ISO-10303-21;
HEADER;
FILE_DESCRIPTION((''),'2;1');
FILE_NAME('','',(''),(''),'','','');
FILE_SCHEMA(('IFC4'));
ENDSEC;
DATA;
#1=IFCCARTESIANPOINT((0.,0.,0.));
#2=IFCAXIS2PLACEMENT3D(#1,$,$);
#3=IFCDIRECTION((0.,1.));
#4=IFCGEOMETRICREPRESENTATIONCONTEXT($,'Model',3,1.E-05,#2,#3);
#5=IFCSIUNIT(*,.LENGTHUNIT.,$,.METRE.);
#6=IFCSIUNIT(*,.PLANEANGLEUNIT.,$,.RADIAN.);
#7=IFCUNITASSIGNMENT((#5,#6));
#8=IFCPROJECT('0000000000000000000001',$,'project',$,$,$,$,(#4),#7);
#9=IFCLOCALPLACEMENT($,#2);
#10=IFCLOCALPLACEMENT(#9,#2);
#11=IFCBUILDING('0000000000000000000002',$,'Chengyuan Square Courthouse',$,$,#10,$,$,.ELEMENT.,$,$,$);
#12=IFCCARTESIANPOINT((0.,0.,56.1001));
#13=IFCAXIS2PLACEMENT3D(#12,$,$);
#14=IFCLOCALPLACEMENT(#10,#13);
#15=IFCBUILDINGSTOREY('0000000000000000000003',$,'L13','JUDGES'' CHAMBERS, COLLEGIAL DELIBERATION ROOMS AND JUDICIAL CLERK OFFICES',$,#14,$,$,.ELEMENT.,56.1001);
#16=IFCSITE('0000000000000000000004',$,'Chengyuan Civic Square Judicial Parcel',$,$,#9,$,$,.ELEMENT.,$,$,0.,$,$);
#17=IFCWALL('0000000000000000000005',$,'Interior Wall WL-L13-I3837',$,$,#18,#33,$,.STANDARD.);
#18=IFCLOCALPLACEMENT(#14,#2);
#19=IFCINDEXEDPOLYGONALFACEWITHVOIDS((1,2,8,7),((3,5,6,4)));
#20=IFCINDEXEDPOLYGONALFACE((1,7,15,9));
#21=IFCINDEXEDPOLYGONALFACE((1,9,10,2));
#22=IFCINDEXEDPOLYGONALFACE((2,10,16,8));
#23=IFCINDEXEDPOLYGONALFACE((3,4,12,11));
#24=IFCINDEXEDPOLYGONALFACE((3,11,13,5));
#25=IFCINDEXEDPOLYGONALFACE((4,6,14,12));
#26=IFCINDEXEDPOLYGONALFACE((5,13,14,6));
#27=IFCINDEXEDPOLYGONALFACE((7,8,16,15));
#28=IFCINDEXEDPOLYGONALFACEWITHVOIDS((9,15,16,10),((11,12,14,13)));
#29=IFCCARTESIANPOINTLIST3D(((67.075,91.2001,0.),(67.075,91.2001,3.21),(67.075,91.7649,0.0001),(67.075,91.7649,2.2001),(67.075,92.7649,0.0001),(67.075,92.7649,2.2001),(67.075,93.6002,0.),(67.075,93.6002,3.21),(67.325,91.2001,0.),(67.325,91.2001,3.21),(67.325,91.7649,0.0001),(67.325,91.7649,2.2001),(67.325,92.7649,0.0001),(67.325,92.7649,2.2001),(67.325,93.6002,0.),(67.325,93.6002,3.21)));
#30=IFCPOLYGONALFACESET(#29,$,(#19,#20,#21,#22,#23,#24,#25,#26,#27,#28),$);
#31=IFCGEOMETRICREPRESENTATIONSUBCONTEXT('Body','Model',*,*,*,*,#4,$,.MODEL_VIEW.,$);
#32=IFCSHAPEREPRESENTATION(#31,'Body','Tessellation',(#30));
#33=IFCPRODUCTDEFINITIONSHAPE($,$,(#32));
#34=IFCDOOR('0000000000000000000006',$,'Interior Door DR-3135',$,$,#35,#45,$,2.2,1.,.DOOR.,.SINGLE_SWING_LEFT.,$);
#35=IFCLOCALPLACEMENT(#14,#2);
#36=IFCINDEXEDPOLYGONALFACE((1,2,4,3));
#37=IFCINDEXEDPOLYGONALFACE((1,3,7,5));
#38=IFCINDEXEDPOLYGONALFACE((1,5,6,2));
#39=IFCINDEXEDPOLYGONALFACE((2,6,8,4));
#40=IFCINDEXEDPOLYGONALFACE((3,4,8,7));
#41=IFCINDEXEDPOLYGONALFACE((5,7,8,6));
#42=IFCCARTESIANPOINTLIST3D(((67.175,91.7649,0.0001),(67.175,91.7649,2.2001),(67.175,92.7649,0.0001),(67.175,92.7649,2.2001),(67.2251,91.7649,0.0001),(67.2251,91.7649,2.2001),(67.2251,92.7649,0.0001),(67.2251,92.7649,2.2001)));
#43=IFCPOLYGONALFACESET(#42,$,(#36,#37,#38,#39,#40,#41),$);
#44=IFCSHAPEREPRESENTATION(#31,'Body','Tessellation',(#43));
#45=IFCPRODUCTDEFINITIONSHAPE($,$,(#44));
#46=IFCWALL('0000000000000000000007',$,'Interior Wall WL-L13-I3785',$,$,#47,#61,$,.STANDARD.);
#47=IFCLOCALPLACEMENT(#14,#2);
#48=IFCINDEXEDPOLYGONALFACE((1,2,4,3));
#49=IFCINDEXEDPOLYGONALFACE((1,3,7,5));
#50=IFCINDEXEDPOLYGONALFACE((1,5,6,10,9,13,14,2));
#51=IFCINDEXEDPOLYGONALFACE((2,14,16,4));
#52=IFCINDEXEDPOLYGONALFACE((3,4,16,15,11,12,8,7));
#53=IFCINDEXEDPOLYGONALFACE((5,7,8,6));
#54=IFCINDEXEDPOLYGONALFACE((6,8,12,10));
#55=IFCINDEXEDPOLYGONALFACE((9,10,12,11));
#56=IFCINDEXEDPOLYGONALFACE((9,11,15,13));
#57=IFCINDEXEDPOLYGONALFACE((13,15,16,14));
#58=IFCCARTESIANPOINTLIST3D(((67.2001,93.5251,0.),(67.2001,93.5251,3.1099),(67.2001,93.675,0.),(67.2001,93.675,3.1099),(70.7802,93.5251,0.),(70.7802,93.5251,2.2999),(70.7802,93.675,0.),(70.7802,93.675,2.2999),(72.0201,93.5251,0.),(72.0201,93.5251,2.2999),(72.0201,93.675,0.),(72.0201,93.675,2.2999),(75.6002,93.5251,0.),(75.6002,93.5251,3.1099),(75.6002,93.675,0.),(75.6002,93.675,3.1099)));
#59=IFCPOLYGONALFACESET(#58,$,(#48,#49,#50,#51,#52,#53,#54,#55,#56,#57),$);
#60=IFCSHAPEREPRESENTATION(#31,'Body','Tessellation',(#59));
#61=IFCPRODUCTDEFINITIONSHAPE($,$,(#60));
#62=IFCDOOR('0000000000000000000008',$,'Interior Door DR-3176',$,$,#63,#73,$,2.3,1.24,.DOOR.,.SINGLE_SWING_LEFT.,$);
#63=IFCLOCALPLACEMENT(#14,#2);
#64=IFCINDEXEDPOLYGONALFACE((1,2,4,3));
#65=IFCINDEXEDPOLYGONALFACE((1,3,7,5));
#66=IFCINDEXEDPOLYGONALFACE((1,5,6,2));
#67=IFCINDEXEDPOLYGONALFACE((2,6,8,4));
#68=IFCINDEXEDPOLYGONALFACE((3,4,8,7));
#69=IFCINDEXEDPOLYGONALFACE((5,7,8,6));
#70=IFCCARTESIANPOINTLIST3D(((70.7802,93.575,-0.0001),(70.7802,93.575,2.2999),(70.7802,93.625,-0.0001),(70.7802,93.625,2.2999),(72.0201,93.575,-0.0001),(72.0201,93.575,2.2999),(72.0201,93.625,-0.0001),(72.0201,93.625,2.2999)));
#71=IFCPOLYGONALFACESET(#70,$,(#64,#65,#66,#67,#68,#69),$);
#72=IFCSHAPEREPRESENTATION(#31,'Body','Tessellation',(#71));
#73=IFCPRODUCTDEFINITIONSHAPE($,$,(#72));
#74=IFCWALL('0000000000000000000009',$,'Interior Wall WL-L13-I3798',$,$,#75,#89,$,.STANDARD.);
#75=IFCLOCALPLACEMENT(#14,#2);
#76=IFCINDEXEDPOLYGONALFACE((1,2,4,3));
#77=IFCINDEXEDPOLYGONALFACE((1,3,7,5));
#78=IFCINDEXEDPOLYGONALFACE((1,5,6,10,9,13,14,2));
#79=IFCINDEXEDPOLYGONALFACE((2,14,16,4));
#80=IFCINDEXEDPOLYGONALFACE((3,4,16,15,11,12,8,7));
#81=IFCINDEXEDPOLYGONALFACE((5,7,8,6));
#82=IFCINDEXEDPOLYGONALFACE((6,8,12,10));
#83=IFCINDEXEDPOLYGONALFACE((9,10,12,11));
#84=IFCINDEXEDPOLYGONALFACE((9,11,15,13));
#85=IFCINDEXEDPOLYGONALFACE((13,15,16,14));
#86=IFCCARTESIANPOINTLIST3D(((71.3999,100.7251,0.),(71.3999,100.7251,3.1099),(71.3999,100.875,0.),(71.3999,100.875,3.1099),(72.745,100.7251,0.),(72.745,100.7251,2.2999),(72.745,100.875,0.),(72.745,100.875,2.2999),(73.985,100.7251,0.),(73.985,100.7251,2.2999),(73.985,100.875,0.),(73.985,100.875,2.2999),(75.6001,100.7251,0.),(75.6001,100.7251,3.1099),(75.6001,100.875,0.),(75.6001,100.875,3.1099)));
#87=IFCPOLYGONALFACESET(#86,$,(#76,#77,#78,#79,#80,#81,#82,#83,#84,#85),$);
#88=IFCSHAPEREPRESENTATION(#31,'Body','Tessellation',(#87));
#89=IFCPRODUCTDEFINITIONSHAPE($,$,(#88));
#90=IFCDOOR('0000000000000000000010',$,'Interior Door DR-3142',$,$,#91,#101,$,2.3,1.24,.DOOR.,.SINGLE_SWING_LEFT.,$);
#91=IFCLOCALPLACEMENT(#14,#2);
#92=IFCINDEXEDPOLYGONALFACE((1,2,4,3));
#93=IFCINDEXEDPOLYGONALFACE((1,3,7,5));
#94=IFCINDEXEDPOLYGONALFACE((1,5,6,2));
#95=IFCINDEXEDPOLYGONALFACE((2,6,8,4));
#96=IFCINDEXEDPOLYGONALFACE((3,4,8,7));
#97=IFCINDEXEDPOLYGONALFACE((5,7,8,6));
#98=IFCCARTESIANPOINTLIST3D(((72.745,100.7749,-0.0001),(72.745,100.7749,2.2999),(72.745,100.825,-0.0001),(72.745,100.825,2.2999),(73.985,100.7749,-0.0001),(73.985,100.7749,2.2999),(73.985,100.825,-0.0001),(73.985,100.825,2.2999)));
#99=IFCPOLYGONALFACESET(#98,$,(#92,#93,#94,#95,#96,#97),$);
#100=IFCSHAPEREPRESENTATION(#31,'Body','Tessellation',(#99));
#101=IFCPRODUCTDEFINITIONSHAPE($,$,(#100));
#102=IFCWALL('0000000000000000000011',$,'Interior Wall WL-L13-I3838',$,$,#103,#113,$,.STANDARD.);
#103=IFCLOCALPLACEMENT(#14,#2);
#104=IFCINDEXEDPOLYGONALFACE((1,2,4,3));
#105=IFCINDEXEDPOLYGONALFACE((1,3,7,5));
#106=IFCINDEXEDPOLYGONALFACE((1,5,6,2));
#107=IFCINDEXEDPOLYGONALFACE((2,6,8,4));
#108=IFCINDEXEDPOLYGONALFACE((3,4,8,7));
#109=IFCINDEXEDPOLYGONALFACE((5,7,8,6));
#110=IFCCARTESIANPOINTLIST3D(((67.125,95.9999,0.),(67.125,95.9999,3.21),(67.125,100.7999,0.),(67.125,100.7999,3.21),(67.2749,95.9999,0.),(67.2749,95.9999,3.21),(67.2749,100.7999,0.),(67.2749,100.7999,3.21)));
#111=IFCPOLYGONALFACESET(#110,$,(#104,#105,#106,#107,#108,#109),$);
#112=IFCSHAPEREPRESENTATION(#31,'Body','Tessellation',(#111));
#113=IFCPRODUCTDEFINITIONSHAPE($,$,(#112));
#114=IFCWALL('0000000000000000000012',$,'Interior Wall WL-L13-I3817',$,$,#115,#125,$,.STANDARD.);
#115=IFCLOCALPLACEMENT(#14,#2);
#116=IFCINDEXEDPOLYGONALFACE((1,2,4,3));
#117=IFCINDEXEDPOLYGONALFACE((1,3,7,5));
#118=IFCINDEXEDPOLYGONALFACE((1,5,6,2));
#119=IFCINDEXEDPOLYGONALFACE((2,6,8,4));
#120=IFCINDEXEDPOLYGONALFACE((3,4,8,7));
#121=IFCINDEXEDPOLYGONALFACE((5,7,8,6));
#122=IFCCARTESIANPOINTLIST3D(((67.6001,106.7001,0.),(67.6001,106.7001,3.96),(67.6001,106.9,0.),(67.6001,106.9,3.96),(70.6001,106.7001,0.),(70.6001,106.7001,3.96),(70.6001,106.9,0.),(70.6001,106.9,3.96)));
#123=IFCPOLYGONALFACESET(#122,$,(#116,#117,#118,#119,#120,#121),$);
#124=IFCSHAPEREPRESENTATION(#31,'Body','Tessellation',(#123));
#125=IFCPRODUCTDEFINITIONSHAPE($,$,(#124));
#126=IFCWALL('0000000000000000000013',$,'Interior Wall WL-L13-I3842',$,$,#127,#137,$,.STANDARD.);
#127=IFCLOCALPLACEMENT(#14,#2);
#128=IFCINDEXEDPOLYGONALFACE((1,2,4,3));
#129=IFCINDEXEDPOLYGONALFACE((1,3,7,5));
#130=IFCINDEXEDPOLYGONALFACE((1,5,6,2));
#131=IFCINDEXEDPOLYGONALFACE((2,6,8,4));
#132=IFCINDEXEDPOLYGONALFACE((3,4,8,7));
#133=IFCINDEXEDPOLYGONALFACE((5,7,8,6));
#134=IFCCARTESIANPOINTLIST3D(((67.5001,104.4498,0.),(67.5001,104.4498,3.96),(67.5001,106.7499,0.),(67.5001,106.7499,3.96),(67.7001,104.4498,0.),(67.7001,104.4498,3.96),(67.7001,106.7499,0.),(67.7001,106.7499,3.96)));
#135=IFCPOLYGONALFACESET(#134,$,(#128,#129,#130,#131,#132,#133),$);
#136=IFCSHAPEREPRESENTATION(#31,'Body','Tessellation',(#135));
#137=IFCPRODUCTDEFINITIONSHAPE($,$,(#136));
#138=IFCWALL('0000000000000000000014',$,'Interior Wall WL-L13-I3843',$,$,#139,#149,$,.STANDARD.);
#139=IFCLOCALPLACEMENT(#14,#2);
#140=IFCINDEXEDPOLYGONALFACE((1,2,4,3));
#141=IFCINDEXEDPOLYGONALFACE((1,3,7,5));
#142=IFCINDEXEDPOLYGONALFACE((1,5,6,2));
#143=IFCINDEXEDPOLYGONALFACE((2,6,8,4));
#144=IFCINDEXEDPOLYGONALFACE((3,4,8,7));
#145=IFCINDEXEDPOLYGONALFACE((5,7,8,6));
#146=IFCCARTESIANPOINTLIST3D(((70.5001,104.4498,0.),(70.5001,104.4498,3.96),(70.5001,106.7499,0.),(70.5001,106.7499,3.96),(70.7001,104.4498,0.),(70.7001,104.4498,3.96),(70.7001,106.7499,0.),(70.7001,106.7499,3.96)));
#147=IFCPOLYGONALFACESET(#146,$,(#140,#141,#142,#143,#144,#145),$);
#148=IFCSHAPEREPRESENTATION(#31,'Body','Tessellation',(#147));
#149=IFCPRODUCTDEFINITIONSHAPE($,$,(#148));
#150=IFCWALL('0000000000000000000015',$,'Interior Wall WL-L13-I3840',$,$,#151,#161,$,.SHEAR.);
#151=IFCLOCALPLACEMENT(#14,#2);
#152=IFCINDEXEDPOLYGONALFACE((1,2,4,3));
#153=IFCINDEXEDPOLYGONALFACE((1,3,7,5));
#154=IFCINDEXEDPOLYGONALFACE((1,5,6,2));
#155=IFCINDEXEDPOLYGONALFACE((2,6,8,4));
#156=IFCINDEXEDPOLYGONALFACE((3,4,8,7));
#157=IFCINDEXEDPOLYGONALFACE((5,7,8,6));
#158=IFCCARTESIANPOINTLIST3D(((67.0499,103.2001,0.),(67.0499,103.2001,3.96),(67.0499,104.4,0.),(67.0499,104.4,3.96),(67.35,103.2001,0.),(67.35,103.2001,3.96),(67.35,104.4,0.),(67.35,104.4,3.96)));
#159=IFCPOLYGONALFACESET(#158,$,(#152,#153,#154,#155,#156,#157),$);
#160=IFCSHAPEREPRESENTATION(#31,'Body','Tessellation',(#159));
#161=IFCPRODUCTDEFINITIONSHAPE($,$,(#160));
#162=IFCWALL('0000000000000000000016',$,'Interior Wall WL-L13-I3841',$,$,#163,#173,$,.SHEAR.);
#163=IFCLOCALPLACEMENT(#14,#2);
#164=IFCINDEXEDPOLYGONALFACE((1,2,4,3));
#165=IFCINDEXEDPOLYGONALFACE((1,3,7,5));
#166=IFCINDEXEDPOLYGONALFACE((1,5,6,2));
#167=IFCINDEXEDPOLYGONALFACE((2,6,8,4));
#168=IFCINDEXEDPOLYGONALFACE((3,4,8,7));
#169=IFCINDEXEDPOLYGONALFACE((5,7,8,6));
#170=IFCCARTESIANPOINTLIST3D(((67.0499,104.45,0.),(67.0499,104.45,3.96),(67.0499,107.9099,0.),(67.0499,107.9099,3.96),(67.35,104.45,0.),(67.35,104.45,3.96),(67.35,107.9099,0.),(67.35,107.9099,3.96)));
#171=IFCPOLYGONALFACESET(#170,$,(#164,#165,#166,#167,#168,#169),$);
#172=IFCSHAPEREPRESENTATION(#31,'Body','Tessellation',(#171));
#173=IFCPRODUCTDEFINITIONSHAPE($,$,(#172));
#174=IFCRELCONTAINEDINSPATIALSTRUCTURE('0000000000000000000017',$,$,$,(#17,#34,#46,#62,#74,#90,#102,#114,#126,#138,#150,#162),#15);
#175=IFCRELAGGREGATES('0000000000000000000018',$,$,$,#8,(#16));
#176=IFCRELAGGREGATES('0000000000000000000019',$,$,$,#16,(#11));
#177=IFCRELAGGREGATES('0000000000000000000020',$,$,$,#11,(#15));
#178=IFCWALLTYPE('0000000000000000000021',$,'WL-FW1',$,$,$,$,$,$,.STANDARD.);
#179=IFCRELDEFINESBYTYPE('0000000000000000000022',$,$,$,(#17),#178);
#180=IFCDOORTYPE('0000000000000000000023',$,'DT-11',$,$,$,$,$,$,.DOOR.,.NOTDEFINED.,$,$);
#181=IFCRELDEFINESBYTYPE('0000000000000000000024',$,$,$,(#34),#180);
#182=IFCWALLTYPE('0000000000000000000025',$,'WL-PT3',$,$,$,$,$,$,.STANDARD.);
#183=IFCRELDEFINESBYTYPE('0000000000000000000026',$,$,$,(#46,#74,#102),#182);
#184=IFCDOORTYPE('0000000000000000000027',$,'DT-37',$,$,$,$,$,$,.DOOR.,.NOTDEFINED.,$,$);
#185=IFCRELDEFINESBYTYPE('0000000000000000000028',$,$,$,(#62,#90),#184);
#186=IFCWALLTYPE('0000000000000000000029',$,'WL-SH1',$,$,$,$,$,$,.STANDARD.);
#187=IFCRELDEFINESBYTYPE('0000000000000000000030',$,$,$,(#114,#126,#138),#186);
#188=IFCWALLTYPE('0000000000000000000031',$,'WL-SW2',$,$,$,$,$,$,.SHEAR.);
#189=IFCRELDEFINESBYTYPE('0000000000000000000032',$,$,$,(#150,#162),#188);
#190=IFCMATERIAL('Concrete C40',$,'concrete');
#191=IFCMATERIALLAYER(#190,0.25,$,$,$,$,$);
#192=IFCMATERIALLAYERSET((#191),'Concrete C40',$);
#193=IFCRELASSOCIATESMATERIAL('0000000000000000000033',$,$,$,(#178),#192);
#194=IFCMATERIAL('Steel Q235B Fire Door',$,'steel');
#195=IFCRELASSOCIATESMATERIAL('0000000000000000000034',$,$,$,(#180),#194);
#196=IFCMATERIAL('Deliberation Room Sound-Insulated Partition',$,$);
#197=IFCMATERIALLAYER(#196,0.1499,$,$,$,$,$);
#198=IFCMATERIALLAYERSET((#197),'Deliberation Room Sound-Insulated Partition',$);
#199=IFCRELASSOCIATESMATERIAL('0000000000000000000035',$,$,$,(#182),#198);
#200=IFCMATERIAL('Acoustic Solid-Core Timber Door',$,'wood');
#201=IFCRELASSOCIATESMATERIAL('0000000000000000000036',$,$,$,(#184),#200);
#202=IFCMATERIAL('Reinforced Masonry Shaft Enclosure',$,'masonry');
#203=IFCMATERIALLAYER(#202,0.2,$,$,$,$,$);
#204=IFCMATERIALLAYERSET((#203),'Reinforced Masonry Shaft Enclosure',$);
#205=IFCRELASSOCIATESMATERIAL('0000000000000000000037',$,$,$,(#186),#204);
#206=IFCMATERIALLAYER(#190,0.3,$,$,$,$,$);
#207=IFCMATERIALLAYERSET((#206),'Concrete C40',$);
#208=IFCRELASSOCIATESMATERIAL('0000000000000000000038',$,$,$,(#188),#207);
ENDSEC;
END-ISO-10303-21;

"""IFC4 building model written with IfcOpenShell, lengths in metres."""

from ifc_helpers import new_model, si_unit, direction, frame, frame_2d, origin, place, context, subcontext, project, spatial, rectangle, extrude, material, layer, layer_set, type_object, element, fill, save


model = new_model("IFC4")

# Units and contexts
model_context = context("Model", 3, precision=1e-05, world=origin(), true_north=direction((0.0, 1.0)))
body_context = subcontext(model_context, "Body", "Model", "MODEL_VIEW")
ifc_project = project(units=[si_unit("LENGTHUNIT", "METRE"), si_unit("PLANEANGLEUNIT", "RADIAN")], contexts=[model_context])

# Site, building, storey
site_placement = place(None, origin())
site = spatial("IfcSite", under=ifc_project, at=site_placement, Name="Chengyuan Civic Square Judicial Parcel", CompositionType="ELEMENT", RefElevation=0.0)
building_placement = place(site_placement, origin())
building = spatial("IfcBuilding", under=site, at=building_placement, Name="Chengyuan Square Courthouse", CompositionType="ELEMENT")
storey_placement = place(building_placement, frame((0.0, 0.0, 56.1001)))
storey = spatial("IfcBuildingStorey", under=building, at=storey_placement, Name="L13", Description="JUDGES' CHAMBERS, COLLEGIAL DELIBERATION ROOMS AND JUDICIAL CLERK OFFICES", CompositionType="ELEMENT", Elevation=56.1001)

# Shared definitions
ifc_material_1 = material(Name="Concrete C40", Category="concrete")

# Walls, openings, doors
ifc_layer_1 = layer(ifc_material_1, 0.25)
ifc_layer_set_1 = layer_set([ifc_layer_1], Name="Concrete C40")
wall_type_1 = type_object("IfcWallType", Name="WL-FW1", PredefinedType="STANDARD", material=ifc_layer_set_1)
wall_1_placement = place(storey_placement, frame((67.2, 91.2, 0.0), z_axis=(0.0, 0.0, 1.0), x_axis=(0.0, 1.0, 0.0)))
wall_1 = element("IfcWall", 1, at=wall_1_placement, inside=storey, type_object=wall_type_1, Name="Interior Wall WL-L13-I3837", PredefinedType="STANDARD", context=body_context, shape_type="SweptSolid", body=[
    extrude(rectangle(XDim=2.4001, YDim=0.25, at=frame_2d((1.2002, 0.0))), origin(), (0.0, 0.0, 1.0), 3.21),
])
opening_1_placement = place(wall_1_placement, frame((0.5649, 0.0, 0.0)))
opening_1 = element("IfcOpeningElement", 2, at=opening_1_placement, cuts=wall_1, PredefinedType="OPENING", context=body_context, shape_type="SweptSolid", body=[
    extrude(rectangle(XDim=1.0, YDim=2.2, at=frame_2d((0.5, 1.1001))), frame((0.0, 0.137, 0.0), z_axis=(0.0, -1.0, 0.0), x_axis=(1.0, 0.0, 0.0)), (0.0, 0.0, 1.0), 0.2739),
])
ifc_material_2 = material(Name="Steel Q235B Fire Door", Category="steel")
door_type_1 = type_object("IfcDoorType", Name="DT-11", OperationType="NOTDEFINED", PredefinedType="DOOR", material=ifc_material_2)
door_1_placement = place(opening_1_placement, origin())
door_1 = element("IfcDoor", 3, at=door_1_placement, inside=storey, type_object=door_type_1, Name="Interior Door DR-3135", OperationType="SINGLE_SWING_LEFT", OverallHeight=2.2, OverallWidth=1.0, PredefinedType="DOOR", context=body_context, shape_type="SweptSolid", body=[
    extrude(rectangle(XDim=1.0, YDim=2.2, at=frame_2d((0.5, 1.1001))), frame((0.0, 0.0249, 0.0), z_axis=(0.0, -1.0, 0.0), x_axis=(1.0, 0.0, 0.0)), (0.0, 0.0, 1.0), 0.05),
])
fill(opening_1, door_1)
ifc_material_3 = material(Name="Deliberation Room Sound-Insulated Partition")
ifc_layer_2 = layer(ifc_material_3, 0.1499)
ifc_layer_set_2 = layer_set([ifc_layer_2], Name="Deliberation Room Sound-Insulated Partition")
wall_type_2 = type_object("IfcWallType", Name="WL-PT3", PredefinedType="STANDARD", material=ifc_layer_set_2)
wall_2_placement = place(storey_placement, frame((67.2, 93.6001, 0.0), z_axis=(0.0, 0.0, 1.0), x_axis=(1.0, 0.0, 0.0)))
wall_2 = element("IfcWall", 4, at=wall_2_placement, inside=storey, type_object=wall_type_2, Name="Interior Wall WL-L13-I3785", PredefinedType="STANDARD", context=body_context, shape_type="SweptSolid", body=[
    extrude(rectangle(XDim=8.4001, YDim=0.1499, at=frame_2d((4.2002, 0.0))), origin(), (0.0, 0.0, 1.0), 3.1099),
])
opening_2_placement = place(wall_2_placement, frame((3.5801, 0.0, 0.0)))
opening_2 = element("IfcOpeningElement", 5, at=opening_2_placement, cuts=wall_2, PredefinedType="OPENING", context=body_context, shape_type="SweptSolid", body=[
    extrude(rectangle(XDim=1.24, YDim=2.3, at=frame_2d((0.6201, 1.1499))), frame((0.0, 0.0869, 0.0), z_axis=(0.0, -1.0, 0.0), x_axis=(1.0, 0.0, 0.0)), (0.0, 0.0, 1.0), 0.1738),
])
ifc_material_4 = material(Name="Acoustic Solid-Core Timber Door", Category="wood")
door_type_2 = type_object("IfcDoorType", Name="DT-37", OperationType="NOTDEFINED", PredefinedType="DOOR", material=ifc_material_4)
door_2_placement = place(opening_2_placement, origin())
door_2 = element("IfcDoor", 6, at=door_2_placement, inside=storey, type_object=door_type_2, Name="Interior Door DR-3176", OperationType="SINGLE_SWING_LEFT", OverallHeight=2.3, OverallWidth=1.24, PredefinedType="DOOR", context=body_context, shape_type="SweptSolid", body=[
    extrude(rectangle(XDim=1.24, YDim=2.3, at=frame_2d((0.6201, 1.1499))), frame((0.0, 0.0249, 0.0), z_axis=(0.0, -1.0, 0.0), x_axis=(1.0, 0.0, 0.0)), (0.0, 0.0, 1.0), 0.05),
])
fill(opening_2, door_2)
wall_3_placement = place(storey_placement, frame((71.3999, 100.8, 0.0), z_axis=(0.0, 0.0, 1.0), x_axis=(1.0, 0.0, 0.0)))
wall_3 = element("IfcWall", 7, at=wall_3_placement, inside=storey, type_object=wall_type_2, Name="Interior Wall WL-L13-I3798", PredefinedType="STANDARD", context=body_context, shape_type="SweptSolid", body=[
    extrude(rectangle(XDim=4.2002, YDim=0.1499, at=frame_2d((2.1001, 0.0))), origin(), (0.0, 0.0, 1.0), 3.1099),
])
opening_3_placement = place(wall_3_placement, frame((1.345, 0.0, 0.0)))
opening_3 = element("IfcOpeningElement", 8, at=opening_3_placement, cuts=wall_3, PredefinedType="OPENING", context=body_context, shape_type="SweptSolid", body=[
    extrude(rectangle(XDim=1.24, YDim=2.3, at=frame_2d((0.6201, 1.1499))), frame((0.0, 0.0869, 0.0), z_axis=(0.0, -1.0, 0.0), x_axis=(1.0, 0.0, 0.0)), (0.0, 0.0, 1.0), 0.1738),
])
door_3_placement = place(opening_3_placement, origin())
door_3 = element("IfcDoor", 9, at=door_3_placement, inside=storey, type_object=door_type_2, Name="Interior Door DR-3142", OperationType="SINGLE_SWING_LEFT", OverallHeight=2.3, OverallWidth=1.24, PredefinedType="DOOR", context=body_context, shape_type="SweptSolid", body=[
    extrude(rectangle(XDim=1.24, YDim=2.3, at=frame_2d((0.6201, 1.1499))), frame((0.0, 0.0249, 0.0), z_axis=(0.0, -1.0, 0.0), x_axis=(1.0, 0.0, 0.0)), (0.0, 0.0, 1.0), 0.05),
])
fill(opening_3, door_3)

# Wall
wall_4_placement = place(storey_placement, frame((67.2, 96.0, 0.0), z_axis=(0.0, 0.0, 1.0), x_axis=(0.0, 1.0, 0.0)))
element("IfcWall", 10, at=wall_4_placement, inside=storey, type_object=wall_type_2, Name="Interior Wall WL-L13-I3838", PredefinedType="STANDARD", context=body_context, shape_type="SweptSolid", body=[
    extrude(rectangle(XDim=4.8, YDim=0.1499, at=frame_2d((2.3999, 0.0))), origin(), (0.0, 0.0, 1.0), 3.21),
])

# Shared definitions
ifc_material_5 = material(Name="Reinforced Masonry Shaft Enclosure", Category="masonry")
ifc_layer_3 = layer(ifc_material_5, 0.2)
ifc_layer_set_3 = layer_set([ifc_layer_3], Name="Reinforced Masonry Shaft Enclosure")
wall_type_3 = type_object("IfcWallType", Name="WL-SH1", PredefinedType="STANDARD", material=ifc_layer_set_3)

# Walls
wall_5_placement = place(storey_placement, frame((67.6001, 106.8, 0.0), z_axis=(0.0, 0.0, 1.0), x_axis=(1.0, 0.0, 0.0)))
element("IfcWall", 11, at=wall_5_placement, inside=storey, type_object=wall_type_3, Name="Interior Wall WL-L13-I3817", PredefinedType="STANDARD", context=body_context, shape_type="SweptSolid", body=[
    extrude(rectangle(XDim=3.0, YDim=0.2, at=frame_2d((1.5, 0.0))), origin(), (0.0, 0.0, 1.0), 3.96),
])
for number, where, z_axis, x_axis, name in (
    (12, (67.6001, 104.45, 0.0), (0.0, 0.0, 1.0), (0.0, 1.0, 0.0), "Interior Wall WL-L13-I3842"),
    (13, (70.6001, 104.45, 0.0), (0.0, 0.0, 1.0), (0.0, 1.0, 0.0), "Interior Wall WL-L13-I3843"),
):
    element("IfcWall", number, at=place(storey_placement, frame(where, z_axis=z_axis, x_axis=x_axis)), inside=storey, type_object=wall_type_3, Name=name, PredefinedType="STANDARD", context=body_context, shape_type="SweptSolid", body=[
        extrude(rectangle(XDim=2.3, YDim=0.2, at=frame_2d((1.1499, 0.0))), origin(), (0.0, 0.0, 1.0), 3.96),
    ])
ifc_layer_4 = layer(ifc_material_1, 0.3)
ifc_layer_set_4 = layer_set([ifc_layer_4], Name="Concrete C40")
wall_type_4 = type_object("IfcWallType", Name="WL-SW2", PredefinedType="SHEAR", material=ifc_layer_set_4)
wall_6_placement = place(storey_placement, frame((67.2, 103.2, 0.0), z_axis=(0.0, 0.0, 1.0), x_axis=(0.0, 1.0, 0.0)))
element("IfcWall", 14, at=wall_6_placement, inside=storey, type_object=wall_type_4, Name="Interior Wall WL-L13-I3840", PredefinedType="SHEAR", context=body_context, shape_type="SweptSolid", body=[
    extrude(rectangle(XDim=1.2, YDim=0.3, at=frame_2d((0.6001, 0.0))), origin(), (0.0, 0.0, 1.0), 3.96),
])
wall_7_placement = place(storey_placement, frame((67.2, 104.45, 0.0), z_axis=(0.0, 0.0, 1.0), x_axis=(0.0, 1.0, 0.0)))
element("IfcWall", 15, at=wall_7_placement, inside=storey, type_object=wall_type_4, Name="Interior Wall WL-L13-I3841", PredefinedType="SHEAR", context=body_context, shape_type="SweptSolid", body=[
    extrude(rectangle(XDim=3.46, YDim=0.3, at=frame_2d((1.73, 0.0))), origin(), (0.0, 0.0, 1.0), 3.96),
])

save(model, "model.ifc")
